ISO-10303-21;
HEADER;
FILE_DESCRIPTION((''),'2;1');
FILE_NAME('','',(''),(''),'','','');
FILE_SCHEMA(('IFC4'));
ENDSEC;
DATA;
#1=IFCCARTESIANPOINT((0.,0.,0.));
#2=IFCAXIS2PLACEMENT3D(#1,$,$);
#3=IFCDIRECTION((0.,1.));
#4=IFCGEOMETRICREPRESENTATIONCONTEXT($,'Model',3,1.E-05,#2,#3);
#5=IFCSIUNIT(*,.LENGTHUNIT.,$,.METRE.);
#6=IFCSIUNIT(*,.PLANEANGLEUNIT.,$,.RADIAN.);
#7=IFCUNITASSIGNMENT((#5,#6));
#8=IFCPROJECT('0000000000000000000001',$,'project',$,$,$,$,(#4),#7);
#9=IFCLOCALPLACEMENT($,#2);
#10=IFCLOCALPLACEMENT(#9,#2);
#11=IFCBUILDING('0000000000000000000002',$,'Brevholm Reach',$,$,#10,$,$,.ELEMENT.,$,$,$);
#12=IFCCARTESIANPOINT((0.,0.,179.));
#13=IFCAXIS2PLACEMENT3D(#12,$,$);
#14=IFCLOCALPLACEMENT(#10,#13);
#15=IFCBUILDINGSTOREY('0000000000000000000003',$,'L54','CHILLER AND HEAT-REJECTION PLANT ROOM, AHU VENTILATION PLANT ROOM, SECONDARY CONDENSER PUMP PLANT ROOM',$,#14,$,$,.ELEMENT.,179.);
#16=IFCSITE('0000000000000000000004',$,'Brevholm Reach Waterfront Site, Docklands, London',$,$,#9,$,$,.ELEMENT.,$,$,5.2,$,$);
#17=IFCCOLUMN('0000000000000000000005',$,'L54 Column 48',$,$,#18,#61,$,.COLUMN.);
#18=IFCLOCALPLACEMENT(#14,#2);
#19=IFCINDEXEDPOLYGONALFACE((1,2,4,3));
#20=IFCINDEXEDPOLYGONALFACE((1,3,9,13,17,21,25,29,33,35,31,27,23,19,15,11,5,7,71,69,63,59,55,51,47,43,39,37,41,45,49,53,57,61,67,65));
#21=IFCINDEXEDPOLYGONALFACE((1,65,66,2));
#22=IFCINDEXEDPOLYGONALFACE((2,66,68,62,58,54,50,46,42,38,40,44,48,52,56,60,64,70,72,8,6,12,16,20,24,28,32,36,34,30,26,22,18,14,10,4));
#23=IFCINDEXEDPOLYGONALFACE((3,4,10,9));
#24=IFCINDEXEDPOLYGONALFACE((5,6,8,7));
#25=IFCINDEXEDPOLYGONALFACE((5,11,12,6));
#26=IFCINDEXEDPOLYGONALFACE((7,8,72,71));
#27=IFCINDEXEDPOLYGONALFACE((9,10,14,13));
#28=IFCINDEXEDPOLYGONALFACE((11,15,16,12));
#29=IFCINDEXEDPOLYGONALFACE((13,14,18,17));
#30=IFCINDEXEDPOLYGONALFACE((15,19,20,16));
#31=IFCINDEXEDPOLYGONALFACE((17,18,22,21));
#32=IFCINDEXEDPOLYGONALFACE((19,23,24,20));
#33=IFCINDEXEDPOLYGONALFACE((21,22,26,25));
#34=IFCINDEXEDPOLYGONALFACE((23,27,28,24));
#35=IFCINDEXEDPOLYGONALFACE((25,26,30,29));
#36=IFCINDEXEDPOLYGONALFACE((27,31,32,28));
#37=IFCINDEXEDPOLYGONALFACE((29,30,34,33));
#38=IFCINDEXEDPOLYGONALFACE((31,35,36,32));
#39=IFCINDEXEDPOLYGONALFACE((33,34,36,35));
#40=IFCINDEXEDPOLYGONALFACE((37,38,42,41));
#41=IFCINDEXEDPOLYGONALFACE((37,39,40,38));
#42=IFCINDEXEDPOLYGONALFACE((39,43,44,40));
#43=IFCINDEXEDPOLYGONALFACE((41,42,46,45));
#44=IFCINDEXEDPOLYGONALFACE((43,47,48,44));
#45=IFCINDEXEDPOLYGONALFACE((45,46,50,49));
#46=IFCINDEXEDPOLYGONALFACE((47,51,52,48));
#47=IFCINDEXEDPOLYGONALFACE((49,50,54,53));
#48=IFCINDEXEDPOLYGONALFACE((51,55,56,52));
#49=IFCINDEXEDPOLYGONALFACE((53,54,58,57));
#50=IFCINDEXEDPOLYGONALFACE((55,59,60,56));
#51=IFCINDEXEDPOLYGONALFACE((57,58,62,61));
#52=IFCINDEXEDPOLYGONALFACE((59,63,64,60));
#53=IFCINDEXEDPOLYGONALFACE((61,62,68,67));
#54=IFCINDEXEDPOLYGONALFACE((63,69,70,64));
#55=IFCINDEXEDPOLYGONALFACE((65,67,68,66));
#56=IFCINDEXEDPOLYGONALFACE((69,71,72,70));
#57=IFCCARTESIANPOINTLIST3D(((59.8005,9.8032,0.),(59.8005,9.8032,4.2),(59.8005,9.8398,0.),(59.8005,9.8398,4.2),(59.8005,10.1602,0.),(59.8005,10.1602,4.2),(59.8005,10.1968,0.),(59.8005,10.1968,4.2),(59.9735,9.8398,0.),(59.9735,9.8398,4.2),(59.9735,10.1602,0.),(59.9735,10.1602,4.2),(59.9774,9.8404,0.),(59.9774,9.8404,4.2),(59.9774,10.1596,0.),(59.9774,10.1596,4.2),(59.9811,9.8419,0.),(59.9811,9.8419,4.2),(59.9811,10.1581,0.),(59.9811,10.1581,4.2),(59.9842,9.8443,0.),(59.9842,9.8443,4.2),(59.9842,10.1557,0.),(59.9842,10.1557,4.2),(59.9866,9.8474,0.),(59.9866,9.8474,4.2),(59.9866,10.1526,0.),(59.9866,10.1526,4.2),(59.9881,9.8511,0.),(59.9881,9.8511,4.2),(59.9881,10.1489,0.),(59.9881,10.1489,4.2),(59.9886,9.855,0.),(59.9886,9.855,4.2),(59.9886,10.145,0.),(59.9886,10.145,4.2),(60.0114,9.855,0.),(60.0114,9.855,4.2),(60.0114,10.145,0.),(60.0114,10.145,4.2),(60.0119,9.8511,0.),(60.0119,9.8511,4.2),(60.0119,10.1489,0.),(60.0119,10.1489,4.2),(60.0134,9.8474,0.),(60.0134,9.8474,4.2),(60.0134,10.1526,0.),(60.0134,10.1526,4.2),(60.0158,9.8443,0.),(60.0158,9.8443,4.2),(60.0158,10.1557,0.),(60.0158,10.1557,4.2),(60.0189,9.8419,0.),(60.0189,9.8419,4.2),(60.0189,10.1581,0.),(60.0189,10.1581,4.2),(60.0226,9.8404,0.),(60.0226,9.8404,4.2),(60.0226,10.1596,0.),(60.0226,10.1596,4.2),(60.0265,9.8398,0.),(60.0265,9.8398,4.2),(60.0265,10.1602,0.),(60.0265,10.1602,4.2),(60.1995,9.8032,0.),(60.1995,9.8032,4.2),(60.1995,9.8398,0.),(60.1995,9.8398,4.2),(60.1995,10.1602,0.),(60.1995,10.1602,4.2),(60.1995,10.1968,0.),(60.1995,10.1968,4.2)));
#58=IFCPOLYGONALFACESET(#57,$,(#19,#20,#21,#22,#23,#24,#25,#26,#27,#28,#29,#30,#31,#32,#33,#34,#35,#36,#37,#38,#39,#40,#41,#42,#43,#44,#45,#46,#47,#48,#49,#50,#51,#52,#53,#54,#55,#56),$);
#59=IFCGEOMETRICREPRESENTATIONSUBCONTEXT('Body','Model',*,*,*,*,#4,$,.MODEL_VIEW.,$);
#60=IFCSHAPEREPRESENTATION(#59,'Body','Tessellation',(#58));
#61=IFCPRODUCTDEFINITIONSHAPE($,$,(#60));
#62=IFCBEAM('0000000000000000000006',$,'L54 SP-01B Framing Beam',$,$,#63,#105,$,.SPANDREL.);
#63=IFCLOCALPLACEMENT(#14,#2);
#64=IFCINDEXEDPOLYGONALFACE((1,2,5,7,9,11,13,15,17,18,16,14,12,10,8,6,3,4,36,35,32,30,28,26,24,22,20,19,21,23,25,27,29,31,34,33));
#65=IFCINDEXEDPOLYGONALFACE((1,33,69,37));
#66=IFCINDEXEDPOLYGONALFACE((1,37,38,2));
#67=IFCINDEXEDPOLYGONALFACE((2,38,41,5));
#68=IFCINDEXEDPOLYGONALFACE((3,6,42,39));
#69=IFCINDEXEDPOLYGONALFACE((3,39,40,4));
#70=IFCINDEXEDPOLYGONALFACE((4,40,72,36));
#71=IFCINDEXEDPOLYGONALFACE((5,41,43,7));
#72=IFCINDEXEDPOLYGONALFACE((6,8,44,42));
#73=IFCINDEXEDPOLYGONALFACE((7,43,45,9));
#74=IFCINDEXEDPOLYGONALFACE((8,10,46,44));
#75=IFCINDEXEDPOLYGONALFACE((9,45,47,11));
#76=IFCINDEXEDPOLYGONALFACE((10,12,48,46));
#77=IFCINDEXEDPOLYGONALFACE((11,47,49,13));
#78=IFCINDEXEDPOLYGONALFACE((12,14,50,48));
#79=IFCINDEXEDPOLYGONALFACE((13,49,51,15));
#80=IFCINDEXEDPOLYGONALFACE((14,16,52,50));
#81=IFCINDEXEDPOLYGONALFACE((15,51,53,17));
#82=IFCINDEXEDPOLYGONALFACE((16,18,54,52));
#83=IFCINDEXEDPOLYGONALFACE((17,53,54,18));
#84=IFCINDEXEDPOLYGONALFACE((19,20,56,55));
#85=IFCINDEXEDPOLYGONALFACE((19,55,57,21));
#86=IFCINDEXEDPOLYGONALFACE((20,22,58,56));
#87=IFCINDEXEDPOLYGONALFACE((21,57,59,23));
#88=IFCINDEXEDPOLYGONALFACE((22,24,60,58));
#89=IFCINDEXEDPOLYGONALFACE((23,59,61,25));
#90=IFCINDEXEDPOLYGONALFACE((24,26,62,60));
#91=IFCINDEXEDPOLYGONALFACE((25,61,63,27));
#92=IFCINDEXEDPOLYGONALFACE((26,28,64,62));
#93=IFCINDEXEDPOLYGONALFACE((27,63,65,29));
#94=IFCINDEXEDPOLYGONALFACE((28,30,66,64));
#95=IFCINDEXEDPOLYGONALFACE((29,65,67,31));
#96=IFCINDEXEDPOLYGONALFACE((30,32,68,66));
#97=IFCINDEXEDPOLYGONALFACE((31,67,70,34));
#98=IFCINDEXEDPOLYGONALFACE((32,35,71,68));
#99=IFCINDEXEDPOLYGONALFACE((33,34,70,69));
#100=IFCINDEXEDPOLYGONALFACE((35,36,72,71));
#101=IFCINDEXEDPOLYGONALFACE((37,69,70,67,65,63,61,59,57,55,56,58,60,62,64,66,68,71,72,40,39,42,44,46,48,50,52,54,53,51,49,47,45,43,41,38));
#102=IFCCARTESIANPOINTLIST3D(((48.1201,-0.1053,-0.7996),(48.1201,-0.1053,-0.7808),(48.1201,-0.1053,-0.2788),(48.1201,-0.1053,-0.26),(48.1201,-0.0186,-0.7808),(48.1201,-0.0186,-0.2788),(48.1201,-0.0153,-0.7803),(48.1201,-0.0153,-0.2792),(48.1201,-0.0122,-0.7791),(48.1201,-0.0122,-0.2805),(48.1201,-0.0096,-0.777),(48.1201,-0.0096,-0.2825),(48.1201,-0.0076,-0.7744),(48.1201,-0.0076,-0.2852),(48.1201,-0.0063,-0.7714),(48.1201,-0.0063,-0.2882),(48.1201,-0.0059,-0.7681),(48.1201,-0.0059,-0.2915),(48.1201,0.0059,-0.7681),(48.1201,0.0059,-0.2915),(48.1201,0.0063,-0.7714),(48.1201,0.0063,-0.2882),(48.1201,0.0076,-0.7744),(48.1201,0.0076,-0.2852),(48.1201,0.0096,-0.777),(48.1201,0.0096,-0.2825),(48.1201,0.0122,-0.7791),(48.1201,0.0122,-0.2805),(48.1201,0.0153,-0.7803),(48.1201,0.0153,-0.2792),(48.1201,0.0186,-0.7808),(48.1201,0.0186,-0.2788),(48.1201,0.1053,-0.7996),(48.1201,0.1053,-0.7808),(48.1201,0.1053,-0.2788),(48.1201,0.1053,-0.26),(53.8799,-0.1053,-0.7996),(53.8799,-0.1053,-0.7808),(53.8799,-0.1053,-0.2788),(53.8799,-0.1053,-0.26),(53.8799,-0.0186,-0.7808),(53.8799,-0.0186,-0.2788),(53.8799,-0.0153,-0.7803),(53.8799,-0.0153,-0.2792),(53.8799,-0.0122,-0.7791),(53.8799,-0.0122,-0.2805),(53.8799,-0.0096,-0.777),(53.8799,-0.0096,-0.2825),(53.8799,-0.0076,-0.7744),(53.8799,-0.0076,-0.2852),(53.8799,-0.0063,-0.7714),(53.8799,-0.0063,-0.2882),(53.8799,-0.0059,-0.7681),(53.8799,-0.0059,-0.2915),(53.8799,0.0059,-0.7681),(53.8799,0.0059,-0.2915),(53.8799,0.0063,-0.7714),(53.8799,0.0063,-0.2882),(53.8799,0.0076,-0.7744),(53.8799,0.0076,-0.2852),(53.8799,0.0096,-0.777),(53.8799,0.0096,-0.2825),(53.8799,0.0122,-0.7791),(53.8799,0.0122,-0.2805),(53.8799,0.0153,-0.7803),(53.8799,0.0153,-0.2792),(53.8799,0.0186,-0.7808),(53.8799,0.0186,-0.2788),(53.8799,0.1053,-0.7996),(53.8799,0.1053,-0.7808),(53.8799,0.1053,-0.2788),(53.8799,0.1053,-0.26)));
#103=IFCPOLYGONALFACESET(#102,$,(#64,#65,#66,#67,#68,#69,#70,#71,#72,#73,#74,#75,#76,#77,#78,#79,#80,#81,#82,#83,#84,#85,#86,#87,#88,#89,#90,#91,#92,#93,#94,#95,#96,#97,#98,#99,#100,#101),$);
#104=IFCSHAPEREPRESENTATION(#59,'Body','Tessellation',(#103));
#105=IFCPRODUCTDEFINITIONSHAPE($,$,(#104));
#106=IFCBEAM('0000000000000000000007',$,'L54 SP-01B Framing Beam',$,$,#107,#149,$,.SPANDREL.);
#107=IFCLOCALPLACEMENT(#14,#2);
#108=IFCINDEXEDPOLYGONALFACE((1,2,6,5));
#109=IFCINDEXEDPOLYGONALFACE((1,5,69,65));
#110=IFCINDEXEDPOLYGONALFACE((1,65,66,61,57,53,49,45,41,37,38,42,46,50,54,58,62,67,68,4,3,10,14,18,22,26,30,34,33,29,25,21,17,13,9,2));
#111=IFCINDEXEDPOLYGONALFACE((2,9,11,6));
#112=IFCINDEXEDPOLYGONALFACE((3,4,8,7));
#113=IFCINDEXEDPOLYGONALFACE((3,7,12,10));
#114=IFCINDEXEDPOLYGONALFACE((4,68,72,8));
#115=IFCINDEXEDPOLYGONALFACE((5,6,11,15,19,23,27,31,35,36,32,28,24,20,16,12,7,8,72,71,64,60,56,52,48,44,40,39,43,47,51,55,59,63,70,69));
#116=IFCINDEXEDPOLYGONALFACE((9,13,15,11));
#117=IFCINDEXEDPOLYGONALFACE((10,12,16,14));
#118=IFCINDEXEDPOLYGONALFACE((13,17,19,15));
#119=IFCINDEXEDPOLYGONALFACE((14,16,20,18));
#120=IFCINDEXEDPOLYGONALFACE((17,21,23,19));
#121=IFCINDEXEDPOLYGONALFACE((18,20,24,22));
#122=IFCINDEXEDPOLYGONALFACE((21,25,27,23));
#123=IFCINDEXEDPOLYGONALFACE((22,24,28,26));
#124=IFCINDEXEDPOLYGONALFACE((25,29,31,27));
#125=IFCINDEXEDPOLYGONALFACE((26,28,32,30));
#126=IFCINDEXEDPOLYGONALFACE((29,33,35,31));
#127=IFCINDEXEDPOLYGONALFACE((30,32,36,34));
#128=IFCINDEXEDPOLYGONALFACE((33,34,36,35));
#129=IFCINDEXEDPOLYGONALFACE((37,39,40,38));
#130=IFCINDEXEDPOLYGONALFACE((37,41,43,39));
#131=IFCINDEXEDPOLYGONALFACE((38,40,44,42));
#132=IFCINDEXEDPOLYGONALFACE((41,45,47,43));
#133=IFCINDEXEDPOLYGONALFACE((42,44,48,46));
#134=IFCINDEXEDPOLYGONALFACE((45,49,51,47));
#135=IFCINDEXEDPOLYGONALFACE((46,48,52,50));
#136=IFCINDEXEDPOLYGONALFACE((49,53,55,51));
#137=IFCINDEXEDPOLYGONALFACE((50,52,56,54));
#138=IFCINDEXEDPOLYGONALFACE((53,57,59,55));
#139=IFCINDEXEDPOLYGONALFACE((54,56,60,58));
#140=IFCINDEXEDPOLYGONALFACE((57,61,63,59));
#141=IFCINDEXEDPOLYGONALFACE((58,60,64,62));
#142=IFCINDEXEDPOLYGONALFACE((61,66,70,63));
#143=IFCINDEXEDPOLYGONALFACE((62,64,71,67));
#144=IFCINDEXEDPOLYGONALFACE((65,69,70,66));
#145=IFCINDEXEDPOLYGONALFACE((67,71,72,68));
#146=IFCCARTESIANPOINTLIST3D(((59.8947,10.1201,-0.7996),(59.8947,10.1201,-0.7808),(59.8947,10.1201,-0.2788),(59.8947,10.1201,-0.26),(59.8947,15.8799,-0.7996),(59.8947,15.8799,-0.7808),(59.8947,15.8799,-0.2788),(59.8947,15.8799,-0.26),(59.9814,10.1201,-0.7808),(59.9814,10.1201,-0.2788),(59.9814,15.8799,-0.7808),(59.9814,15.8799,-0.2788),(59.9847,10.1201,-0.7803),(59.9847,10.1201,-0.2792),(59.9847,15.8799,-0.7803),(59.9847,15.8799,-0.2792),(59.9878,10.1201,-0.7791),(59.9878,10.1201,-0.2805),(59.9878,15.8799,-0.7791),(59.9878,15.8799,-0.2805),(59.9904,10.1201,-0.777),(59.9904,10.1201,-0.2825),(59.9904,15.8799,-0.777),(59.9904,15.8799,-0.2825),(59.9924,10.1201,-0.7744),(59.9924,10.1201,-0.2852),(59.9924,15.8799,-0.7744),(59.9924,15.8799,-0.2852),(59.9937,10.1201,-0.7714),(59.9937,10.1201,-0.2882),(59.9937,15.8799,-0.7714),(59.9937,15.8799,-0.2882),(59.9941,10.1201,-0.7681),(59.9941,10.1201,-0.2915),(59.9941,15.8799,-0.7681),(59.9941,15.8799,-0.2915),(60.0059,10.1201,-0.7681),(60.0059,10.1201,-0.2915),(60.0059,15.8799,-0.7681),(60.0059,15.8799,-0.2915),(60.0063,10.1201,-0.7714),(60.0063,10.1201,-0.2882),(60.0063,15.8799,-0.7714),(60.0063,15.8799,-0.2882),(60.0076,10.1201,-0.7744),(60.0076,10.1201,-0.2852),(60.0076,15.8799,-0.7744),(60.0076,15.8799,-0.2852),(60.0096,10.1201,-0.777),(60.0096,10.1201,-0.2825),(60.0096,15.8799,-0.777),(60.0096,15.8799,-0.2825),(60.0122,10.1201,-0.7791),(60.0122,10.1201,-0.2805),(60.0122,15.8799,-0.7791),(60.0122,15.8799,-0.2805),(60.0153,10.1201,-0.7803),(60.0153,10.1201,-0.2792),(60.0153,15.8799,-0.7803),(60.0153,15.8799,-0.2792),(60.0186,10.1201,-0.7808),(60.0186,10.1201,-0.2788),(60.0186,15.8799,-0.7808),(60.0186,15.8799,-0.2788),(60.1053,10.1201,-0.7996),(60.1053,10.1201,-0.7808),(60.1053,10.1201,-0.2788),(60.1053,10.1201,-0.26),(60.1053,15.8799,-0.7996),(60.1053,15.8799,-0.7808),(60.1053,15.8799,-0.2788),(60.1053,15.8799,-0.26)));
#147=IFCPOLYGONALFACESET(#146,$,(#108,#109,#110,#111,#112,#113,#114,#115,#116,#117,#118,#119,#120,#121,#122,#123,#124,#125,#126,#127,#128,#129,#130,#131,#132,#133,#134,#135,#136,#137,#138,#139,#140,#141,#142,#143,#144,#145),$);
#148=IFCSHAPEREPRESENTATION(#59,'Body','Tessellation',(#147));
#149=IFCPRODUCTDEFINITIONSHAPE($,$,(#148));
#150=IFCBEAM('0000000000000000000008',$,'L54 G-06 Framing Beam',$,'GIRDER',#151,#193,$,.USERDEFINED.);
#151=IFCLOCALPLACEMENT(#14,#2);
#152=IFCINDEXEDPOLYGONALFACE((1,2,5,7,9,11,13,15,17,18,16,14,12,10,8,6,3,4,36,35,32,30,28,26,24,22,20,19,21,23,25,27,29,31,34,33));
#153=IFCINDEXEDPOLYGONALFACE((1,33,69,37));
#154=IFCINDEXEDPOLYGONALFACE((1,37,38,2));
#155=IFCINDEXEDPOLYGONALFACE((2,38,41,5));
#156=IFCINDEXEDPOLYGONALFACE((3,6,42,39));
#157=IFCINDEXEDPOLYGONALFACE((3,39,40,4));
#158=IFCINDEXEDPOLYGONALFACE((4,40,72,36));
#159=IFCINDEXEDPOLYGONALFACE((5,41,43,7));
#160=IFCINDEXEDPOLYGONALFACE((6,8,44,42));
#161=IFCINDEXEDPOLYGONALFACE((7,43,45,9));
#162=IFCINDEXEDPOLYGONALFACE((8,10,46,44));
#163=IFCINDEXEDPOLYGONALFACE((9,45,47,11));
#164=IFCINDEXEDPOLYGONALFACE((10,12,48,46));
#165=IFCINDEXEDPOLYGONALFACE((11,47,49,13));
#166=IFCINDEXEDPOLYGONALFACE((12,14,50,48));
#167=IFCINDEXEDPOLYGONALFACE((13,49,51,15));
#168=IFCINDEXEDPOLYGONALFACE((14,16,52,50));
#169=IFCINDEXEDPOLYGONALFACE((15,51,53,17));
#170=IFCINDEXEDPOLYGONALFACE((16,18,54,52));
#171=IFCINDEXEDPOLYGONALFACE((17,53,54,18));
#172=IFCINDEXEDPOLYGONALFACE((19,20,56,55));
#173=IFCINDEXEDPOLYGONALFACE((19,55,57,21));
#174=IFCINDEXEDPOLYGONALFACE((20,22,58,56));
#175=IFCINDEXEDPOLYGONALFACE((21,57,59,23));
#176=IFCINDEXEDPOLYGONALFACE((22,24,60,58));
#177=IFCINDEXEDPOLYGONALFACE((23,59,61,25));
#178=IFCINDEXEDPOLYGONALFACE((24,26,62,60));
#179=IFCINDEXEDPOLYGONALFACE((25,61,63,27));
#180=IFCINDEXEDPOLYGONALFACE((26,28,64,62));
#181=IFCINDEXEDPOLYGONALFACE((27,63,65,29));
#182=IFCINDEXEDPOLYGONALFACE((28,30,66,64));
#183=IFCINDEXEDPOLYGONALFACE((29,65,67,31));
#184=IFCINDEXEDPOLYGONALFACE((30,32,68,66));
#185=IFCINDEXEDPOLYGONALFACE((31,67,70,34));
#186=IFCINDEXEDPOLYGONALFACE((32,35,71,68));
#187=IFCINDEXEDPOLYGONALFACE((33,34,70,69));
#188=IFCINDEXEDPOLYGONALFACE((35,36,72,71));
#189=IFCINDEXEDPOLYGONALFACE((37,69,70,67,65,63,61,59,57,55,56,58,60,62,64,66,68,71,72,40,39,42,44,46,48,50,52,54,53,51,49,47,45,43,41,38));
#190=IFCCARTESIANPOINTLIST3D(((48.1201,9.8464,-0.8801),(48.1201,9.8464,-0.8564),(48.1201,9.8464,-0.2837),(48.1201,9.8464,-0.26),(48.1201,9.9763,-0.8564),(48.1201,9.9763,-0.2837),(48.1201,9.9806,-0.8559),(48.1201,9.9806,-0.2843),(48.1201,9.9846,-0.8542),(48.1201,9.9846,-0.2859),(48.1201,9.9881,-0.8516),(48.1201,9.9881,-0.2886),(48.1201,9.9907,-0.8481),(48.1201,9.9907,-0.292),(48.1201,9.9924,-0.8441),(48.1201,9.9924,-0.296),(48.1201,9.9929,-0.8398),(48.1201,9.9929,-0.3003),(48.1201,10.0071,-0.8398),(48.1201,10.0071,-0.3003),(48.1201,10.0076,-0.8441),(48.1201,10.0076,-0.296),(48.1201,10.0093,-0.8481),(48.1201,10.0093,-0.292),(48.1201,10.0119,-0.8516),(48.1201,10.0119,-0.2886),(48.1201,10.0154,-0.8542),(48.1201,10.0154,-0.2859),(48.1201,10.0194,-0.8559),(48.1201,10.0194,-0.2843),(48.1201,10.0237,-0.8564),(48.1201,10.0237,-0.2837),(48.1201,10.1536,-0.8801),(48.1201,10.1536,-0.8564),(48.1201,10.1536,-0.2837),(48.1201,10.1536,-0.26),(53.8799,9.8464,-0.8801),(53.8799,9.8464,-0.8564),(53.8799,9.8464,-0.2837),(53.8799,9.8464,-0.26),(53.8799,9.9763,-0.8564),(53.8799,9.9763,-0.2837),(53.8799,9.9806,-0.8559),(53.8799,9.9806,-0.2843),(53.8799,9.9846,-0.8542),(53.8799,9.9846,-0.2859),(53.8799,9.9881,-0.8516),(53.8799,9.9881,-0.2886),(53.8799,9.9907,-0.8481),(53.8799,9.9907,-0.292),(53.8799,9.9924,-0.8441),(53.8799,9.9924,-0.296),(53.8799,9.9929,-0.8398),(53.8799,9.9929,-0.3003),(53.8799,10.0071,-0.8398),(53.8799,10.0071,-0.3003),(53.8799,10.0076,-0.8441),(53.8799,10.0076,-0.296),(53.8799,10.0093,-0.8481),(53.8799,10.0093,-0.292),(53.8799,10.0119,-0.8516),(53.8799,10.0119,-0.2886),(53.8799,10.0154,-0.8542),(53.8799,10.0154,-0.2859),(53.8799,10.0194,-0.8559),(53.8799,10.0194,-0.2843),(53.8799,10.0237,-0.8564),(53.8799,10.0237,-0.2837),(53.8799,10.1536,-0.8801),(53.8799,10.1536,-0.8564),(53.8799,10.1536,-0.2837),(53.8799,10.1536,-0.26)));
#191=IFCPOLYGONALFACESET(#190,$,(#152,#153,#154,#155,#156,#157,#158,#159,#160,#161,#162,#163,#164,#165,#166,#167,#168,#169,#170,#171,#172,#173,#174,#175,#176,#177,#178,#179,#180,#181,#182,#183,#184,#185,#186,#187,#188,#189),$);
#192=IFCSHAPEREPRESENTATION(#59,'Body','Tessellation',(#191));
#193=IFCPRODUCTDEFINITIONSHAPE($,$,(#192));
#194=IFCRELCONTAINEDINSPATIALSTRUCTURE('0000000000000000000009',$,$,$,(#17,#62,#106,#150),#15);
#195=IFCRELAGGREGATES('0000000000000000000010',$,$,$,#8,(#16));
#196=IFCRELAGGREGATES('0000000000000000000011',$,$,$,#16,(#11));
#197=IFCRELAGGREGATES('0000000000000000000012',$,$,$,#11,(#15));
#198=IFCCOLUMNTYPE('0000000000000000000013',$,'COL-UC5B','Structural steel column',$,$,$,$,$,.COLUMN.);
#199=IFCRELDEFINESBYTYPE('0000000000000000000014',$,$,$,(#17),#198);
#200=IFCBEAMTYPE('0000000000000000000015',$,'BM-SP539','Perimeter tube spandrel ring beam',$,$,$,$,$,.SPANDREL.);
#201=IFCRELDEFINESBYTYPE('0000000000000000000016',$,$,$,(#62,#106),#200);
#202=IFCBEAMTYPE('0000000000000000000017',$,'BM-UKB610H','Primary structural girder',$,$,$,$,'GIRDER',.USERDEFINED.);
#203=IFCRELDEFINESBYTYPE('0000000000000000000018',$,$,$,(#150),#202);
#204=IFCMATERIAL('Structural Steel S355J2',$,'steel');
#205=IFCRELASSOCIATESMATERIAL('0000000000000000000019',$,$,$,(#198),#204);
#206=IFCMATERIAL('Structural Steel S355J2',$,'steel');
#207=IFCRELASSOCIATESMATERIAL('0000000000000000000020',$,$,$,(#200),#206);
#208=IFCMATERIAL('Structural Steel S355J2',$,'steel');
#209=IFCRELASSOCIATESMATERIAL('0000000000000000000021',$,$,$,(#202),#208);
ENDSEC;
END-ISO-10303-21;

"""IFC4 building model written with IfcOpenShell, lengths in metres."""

from ifc_helpers import new_model, si_unit, direction, frame, origin, origin_2d, place, context, subcontext, project, spatial, i_section, extrude, material, material_profile, profile_set, type_object, element, save


model = new_model("IFC4")

# Units and contexts
model_context = context("Model", 3, precision=1e-05, world=origin(), true_north=direction((0.0, 1.0)))
body_context = subcontext(model_context, "Body", "Model", "MODEL_VIEW")
ifc_project = project(units=[si_unit("LENGTHUNIT", "METRE"), si_unit("PLANEANGLEUNIT", "RADIAN")], contexts=[model_context])

# Site, building, storey
site_placement = place(None, origin())
site = spatial("IfcSite", under=ifc_project, at=site_placement, Name="Brevholm Reach Waterfront Site, Docklands, London", CompositionType="ELEMENT", RefElevation=5.2)
building_placement = place(site_placement, origin())
building = spatial("IfcBuilding", under=site, at=building_placement, Name="Brevholm Reach", CompositionType="ELEMENT")
storey_placement = place(building_placement, frame((0.0, 0.0, 179.0)))
storey = spatial("IfcBuildingStorey", under=building, at=storey_placement, Name="L54", Description="CHILLER AND HEAT-REJECTION PLANT ROOM, AHU VENTILATION PLANT ROOM, SECONDARY CONDENSER PUMP PLANT ROOM", CompositionType="ELEMENT", Elevation=179.0)

# Column
ifc_material_1 = material(Name="Structural Steel S355J2", Category="steel")
ifc_material_profile_1 = material_profile(ifc_material_1, i_section(OverallWidth=0.3989, OverallDepth=0.3936, WebThickness=0.0227, FlangeThickness=0.0366, FilletRadius=0.0151, at=origin_2d()), Name="UKC 356x406x287")
ifc_profile_set_1 = profile_set([ifc_material_profile_1], Name="Structural Steel S355J2")
column_type_1 = type_object("IfcColumnType", Name="COL-UC5B", Description="Structural steel column", PredefinedType="COLUMN", material=ifc_profile_set_1)
for number, where, z_axis, x_axis, name in (
    (1, (60.0, 10.0, 0.0), (0.0, 0.0, 1.0), (1.0, 0.0, 0.0), "L54 Column 48"),
):
    element("IfcColumn", number, at=place(storey_placement, frame(where, z_axis=z_axis, x_axis=x_axis)), inside=storey, type_object=column_type_1, Name=name, PredefinedType="COLUMN", context=body_context, shape_type="SweptSolid", body=[
        extrude(i_section(OverallWidth=0.3989, OverallDepth=0.3936, WebThickness=0.0227, FlangeThickness=0.0366, FilletRadius=0.0151, at=origin_2d()), origin(), (0.0, 0.0, 1.0), 4.2),
    ])

# Beams
ifc_material_2 = material(Name="Structural Steel S355J2", Category="steel")
ifc_material_profile_2 = material_profile(ifc_material_2, i_section(OverallWidth=0.2107, OverallDepth=0.5396, WebThickness=0.0117, FlangeThickness=0.0188, FilletRadius=0.0127, at=origin_2d()), Name="UKB 533x210x109")
ifc_profile_set_2 = profile_set([ifc_material_profile_2], Name="Structural Steel S355J2")
beam_type_1 = type_object("IfcBeamType", Name="BM-SP539", Description="Perimeter tube spandrel ring beam", PredefinedType="SPANDREL", material=ifc_profile_set_2)
for number, where, z_axis, x_axis, name in (
    (2, (48.1201, 0.0, -0.5298), (1.0, 0.0, 0.0), (0.0, 1.0, 0.0), "L54 SP-01B Framing Beam"),
    (3, (60.0, 10.1201, -0.5298), (0.0, 1.0, 0.0), (-1.0, 0.0, 0.0), "L54 SP-01B Framing Beam"),
):
    element("IfcBeam", number, at=place(storey_placement, frame(where, z_axis=z_axis, x_axis=x_axis)), inside=storey, type_object=beam_type_1, Name=name, PredefinedType="SPANDREL", context=body_context, shape_type="SweptSolid", body=[
        extrude(i_section(OverallWidth=0.2107, OverallDepth=0.5396, WebThickness=0.0117, FlangeThickness=0.0188, FilletRadius=0.0127, at=origin_2d()), origin(), (0.0, 0.0, 1.0), 5.7598),
    ])
ifc_material_3 = material(Name="Structural Steel S355J2", Category="steel")
ifc_material_profile_3 = material_profile(ifc_material_3, i_section(OverallWidth=0.3071, OverallDepth=0.6201, WebThickness=0.0142, FlangeThickness=0.0237, FilletRadius=0.0166, at=origin_2d()), Name="UKB 610x305x179")
ifc_profile_set_3 = profile_set([ifc_material_profile_3], Name="Structural Steel S355J2")
beam_type_2 = type_object("IfcBeamType", Name="BM-UKB610H", Description="Primary structural girder", ElementType="GIRDER", PredefinedType="USERDEFINED", material=ifc_profile_set_3)
for number, where, z_axis, x_axis, name in (
    (4, (48.1201, 10.0, -0.5701), (1.0, 0.0, 0.0), (0.0, 1.0, 0.0), "L54 G-06 Framing Beam"),
):
    element("IfcBeam", number, at=place(storey_placement, frame(where, z_axis=z_axis, x_axis=x_axis)), inside=storey, type_object=beam_type_2, Name=name, ObjectType="GIRDER", PredefinedType="USERDEFINED", context=body_context, shape_type="SweptSolid", body=[
        extrude(i_section(OverallWidth=0.3071, OverallDepth=0.6201, WebThickness=0.0142, FlangeThickness=0.0237, FilletRadius=0.0166, at=origin_2d()), origin(), (0.0, 0.0, 1.0), 5.7598),
    ])

save(model, "model.ifc")
